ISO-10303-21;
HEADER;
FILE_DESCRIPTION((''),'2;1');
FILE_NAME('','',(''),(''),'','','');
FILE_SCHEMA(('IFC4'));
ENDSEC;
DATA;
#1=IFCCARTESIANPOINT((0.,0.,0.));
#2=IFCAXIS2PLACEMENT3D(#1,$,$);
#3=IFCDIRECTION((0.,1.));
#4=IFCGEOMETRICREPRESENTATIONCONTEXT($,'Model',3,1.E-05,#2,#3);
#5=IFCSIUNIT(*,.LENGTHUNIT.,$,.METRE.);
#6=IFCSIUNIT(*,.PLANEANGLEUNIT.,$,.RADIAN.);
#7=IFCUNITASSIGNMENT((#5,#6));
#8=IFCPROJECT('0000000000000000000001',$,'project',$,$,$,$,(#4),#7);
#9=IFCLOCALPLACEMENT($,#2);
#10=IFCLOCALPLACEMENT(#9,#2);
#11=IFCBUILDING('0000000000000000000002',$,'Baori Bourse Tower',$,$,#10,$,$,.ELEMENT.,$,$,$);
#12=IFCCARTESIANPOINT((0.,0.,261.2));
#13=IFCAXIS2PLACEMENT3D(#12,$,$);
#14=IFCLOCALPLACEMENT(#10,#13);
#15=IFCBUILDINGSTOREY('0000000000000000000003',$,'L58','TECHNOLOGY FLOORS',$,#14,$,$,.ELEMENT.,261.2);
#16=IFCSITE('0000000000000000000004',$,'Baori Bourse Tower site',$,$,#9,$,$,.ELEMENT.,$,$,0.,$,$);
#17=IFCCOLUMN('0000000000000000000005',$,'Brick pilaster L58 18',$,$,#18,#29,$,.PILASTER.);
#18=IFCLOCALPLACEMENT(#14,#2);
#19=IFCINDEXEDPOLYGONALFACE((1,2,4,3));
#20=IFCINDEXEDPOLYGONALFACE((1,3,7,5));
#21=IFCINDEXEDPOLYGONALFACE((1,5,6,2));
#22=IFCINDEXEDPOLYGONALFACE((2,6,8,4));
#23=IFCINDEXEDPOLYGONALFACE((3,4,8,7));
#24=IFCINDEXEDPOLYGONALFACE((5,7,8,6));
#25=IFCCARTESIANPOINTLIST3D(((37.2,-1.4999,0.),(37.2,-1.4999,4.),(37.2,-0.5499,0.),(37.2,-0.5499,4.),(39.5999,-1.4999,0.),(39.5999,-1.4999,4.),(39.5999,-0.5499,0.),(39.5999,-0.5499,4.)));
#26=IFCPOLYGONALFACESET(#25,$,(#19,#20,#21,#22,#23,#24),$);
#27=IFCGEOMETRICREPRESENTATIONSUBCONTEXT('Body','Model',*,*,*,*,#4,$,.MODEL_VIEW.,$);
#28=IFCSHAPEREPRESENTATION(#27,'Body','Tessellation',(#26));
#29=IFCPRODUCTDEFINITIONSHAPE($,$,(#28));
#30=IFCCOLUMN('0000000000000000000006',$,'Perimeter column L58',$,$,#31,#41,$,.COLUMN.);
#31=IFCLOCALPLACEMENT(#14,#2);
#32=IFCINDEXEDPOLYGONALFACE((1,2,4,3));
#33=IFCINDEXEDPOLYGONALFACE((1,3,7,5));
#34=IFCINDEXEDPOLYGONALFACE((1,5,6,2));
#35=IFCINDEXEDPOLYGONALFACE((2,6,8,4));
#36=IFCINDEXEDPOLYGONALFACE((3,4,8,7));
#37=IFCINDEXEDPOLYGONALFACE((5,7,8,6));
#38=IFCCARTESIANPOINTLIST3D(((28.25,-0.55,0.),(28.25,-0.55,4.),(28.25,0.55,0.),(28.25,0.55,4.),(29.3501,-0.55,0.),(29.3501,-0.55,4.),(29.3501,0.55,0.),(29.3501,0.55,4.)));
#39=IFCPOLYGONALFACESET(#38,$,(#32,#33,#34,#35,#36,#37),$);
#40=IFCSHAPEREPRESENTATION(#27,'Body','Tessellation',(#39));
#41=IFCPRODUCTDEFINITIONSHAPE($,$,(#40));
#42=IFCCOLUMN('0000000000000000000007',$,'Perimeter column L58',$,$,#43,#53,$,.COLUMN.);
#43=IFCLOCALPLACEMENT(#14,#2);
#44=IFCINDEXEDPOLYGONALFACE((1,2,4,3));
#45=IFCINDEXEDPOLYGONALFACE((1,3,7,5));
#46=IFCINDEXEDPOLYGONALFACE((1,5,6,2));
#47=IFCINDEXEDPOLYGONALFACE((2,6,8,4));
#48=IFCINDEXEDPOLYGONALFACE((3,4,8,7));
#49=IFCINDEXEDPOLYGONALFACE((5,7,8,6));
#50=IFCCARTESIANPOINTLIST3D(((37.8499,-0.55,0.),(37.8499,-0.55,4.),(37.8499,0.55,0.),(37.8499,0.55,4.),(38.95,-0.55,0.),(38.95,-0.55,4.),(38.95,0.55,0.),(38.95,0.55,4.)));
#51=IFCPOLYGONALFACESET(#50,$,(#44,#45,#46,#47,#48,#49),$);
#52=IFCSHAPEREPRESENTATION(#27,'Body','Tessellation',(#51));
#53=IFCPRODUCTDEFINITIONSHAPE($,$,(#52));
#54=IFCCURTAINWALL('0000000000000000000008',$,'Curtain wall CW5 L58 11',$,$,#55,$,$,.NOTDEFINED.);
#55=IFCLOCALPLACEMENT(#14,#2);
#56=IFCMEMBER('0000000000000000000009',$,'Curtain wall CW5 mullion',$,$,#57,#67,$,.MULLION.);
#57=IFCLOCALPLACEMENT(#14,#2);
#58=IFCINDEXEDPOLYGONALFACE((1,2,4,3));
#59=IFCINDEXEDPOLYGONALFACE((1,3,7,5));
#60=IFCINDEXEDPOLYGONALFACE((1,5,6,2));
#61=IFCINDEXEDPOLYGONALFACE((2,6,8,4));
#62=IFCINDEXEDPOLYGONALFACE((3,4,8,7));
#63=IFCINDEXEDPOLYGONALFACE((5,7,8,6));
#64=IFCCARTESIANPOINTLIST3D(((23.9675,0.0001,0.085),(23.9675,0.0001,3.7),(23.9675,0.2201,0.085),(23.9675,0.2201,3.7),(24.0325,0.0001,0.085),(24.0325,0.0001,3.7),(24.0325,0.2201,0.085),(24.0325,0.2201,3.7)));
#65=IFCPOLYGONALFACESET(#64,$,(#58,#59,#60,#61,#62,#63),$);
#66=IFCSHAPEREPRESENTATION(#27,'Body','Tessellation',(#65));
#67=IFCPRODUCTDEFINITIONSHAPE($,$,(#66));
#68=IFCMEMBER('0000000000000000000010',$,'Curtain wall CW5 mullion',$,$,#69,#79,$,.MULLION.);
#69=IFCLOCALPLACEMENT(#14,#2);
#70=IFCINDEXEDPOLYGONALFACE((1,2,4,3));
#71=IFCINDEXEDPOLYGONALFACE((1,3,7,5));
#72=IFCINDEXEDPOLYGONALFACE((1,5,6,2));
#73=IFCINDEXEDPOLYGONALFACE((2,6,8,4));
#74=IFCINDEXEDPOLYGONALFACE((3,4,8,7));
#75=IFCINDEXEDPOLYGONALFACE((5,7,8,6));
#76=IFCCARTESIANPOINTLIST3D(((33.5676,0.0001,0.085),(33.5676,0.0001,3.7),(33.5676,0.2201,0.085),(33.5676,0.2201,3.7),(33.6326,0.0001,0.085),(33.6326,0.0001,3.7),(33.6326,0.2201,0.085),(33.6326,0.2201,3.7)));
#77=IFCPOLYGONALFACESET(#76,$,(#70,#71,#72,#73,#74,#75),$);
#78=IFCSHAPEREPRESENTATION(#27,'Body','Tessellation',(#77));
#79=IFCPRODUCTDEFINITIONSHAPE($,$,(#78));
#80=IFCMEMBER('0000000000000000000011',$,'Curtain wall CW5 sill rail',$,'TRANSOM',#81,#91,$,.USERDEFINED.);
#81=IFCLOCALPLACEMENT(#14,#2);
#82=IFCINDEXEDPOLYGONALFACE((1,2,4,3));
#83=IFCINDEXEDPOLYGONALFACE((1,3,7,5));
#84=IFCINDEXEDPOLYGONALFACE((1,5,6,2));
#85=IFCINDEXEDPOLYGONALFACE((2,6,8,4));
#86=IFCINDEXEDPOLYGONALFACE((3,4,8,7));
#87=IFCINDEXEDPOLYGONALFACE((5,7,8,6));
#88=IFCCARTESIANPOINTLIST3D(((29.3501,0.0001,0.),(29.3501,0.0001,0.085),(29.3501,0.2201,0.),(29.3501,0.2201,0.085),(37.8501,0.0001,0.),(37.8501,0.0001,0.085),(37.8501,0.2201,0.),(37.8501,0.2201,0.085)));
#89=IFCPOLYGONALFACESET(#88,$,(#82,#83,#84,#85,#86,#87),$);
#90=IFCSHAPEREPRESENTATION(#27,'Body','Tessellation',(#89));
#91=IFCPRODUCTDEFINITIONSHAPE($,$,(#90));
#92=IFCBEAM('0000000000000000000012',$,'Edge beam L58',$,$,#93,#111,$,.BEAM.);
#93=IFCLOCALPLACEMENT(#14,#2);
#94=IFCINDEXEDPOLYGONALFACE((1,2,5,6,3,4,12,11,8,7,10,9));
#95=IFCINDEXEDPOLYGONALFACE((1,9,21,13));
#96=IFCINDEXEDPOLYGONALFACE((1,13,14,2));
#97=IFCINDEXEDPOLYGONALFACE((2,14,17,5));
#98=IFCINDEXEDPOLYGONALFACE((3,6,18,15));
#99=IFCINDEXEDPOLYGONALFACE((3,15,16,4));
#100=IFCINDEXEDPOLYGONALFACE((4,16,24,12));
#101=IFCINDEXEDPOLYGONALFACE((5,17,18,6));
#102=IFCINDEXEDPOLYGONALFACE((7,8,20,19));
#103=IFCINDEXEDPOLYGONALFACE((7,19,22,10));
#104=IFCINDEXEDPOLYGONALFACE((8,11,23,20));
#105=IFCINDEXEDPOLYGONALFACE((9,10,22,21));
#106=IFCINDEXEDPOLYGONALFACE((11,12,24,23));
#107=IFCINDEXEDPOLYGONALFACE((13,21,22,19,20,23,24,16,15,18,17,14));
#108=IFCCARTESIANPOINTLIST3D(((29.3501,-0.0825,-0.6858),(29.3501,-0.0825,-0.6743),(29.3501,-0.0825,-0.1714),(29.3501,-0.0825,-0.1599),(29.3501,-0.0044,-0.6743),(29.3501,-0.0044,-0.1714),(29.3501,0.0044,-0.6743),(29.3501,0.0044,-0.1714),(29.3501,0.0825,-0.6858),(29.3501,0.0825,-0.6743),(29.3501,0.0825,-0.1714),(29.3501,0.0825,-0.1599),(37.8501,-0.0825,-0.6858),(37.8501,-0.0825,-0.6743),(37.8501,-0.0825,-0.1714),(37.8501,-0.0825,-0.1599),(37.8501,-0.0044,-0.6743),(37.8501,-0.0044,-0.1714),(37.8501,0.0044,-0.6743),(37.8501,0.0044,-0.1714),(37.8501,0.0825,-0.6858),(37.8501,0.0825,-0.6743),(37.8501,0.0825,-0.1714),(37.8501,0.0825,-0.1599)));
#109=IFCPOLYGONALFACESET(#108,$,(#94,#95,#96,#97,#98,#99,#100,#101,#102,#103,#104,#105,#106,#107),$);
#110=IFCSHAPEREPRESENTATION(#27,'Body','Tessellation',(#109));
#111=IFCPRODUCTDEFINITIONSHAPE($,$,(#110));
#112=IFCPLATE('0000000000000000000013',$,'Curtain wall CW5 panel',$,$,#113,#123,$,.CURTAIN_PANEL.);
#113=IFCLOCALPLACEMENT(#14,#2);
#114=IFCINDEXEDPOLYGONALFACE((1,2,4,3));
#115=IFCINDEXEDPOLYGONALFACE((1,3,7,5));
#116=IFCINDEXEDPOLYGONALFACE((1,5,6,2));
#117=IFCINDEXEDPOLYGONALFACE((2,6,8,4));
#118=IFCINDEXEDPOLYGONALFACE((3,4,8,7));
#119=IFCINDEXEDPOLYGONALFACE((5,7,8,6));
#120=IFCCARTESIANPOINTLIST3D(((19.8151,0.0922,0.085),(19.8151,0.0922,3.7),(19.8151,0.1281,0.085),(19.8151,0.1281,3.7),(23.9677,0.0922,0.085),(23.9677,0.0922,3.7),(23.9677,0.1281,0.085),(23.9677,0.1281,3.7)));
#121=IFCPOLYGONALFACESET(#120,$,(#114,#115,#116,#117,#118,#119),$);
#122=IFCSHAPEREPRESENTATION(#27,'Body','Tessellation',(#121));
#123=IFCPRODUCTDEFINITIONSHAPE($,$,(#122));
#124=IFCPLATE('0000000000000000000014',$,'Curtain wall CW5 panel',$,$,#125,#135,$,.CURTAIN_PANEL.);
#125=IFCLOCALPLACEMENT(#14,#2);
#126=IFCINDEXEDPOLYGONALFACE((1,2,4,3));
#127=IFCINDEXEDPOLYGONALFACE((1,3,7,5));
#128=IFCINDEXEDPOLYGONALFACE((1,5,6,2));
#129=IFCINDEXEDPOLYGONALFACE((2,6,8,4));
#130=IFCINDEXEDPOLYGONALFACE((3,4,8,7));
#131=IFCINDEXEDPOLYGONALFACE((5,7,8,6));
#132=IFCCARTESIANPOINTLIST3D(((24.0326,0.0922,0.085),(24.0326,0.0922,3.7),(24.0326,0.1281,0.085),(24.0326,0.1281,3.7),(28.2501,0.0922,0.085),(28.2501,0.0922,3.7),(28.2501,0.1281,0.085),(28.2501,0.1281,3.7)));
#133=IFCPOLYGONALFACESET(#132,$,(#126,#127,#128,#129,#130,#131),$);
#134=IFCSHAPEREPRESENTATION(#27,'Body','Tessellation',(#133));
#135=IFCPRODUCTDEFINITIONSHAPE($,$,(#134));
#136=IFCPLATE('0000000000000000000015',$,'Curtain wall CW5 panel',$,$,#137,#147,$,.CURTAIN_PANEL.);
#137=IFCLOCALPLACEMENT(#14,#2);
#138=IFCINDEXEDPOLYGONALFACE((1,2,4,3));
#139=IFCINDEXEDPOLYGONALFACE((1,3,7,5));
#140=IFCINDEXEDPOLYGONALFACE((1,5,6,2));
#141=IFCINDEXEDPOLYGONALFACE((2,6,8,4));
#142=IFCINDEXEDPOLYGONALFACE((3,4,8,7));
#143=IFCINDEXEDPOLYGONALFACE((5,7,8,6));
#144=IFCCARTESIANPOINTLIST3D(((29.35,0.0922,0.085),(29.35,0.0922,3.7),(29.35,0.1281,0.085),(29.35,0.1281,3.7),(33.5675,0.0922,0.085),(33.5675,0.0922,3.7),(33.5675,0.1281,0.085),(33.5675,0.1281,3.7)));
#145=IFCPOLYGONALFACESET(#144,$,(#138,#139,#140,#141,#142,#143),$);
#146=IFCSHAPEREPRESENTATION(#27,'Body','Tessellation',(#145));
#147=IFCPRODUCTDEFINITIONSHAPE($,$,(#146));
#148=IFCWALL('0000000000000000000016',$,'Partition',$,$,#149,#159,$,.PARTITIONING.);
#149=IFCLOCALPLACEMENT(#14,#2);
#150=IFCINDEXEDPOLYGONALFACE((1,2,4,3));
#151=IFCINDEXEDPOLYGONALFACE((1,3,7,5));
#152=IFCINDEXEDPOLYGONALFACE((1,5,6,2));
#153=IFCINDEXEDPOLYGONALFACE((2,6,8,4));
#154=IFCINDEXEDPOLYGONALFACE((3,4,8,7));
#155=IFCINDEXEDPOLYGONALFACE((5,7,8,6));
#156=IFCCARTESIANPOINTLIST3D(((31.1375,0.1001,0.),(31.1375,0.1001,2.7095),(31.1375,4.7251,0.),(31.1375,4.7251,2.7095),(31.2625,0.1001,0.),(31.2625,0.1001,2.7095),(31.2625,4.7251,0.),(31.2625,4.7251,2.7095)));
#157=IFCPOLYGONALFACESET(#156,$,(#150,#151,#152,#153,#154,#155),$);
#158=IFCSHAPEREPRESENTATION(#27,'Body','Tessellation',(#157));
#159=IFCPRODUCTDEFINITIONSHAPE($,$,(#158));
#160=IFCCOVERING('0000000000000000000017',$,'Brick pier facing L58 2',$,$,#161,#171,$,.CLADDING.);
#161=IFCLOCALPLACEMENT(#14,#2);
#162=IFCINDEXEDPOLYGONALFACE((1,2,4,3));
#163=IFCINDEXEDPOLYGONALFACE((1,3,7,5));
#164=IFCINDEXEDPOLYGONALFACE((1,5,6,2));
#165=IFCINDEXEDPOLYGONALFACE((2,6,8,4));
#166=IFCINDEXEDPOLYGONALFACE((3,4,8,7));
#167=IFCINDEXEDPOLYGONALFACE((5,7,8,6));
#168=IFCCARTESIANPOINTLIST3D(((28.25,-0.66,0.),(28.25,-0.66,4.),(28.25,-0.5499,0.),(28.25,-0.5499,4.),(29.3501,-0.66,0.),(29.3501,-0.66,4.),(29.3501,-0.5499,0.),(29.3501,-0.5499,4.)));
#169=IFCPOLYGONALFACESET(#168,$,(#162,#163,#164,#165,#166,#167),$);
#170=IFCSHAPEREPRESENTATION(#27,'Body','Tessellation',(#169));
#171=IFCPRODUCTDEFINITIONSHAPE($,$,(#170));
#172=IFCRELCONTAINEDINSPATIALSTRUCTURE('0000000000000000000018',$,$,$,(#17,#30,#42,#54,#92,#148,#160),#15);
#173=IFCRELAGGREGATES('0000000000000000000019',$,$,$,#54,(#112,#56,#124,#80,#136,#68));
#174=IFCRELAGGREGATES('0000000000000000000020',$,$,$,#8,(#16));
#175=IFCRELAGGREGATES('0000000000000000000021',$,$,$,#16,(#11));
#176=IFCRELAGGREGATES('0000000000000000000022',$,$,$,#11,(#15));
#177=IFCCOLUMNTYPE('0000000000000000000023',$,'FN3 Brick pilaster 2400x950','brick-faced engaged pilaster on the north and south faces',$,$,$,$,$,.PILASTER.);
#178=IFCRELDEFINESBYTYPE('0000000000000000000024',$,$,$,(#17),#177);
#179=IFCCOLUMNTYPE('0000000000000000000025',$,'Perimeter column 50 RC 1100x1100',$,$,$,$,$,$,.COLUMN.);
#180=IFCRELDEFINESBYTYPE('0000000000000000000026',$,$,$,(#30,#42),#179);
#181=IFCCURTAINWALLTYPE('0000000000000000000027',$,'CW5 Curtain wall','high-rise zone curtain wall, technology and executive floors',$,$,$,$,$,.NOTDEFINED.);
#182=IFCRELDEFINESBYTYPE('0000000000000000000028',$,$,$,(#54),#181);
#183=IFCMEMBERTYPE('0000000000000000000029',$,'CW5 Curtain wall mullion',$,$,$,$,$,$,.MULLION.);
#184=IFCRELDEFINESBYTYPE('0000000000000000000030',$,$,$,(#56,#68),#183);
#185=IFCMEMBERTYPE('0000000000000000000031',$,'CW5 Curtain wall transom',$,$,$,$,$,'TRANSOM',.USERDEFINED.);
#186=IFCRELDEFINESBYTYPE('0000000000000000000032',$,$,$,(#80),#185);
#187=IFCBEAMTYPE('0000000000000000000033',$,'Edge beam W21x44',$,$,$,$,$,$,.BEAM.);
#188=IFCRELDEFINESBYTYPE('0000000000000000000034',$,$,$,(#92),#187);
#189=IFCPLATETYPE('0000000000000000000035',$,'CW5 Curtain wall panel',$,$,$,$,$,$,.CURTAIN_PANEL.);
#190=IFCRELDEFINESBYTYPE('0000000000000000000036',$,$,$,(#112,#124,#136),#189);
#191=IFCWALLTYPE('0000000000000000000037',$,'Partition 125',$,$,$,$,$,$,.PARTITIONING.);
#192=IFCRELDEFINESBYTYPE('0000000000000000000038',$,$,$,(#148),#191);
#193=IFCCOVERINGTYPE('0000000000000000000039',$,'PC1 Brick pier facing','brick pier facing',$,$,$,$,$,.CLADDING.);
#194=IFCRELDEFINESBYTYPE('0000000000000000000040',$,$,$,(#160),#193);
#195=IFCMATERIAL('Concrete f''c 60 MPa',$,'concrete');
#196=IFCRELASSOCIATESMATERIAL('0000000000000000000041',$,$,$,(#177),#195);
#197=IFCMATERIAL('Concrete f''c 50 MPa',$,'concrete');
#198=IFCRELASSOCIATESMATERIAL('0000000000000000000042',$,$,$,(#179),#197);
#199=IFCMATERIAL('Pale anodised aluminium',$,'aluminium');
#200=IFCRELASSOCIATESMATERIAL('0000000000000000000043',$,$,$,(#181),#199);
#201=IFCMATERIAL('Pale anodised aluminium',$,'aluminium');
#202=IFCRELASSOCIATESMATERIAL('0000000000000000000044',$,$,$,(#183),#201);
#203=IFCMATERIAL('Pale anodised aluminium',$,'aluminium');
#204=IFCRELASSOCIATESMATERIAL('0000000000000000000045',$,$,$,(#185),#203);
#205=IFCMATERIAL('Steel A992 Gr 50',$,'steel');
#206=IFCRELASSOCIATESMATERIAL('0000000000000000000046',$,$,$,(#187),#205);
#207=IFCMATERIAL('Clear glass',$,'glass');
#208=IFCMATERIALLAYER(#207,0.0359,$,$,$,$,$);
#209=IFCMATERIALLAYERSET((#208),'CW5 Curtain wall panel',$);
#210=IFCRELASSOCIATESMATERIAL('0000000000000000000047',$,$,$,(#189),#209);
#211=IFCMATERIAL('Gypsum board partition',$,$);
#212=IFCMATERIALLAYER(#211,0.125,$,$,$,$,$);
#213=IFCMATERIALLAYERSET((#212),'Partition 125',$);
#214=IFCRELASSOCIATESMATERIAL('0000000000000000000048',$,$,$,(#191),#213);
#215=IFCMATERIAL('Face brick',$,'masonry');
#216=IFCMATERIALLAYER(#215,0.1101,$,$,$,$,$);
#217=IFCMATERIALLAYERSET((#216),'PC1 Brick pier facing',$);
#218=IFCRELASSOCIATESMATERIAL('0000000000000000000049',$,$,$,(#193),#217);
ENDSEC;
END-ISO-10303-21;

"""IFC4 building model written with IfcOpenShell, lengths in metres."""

from ifc_helpers import new_model, si_unit, direction, frame, frame_2d, origin, origin_2d, place, context, subcontext, project, spatial, rectangle, i_section, extrude, material, layer, layer_set, material_profile, profile_set, type_object, element, aggregate, save


model = new_model("IFC4")

# Units and contexts
model_context = context("Model", 3, precision=1e-05, world=origin(), true_north=direction((0.0, 1.0)))
body_context = subcontext(model_context, "Body", "Model", "MODEL_VIEW")
ifc_project = project(units=[si_unit("LENGTHUNIT", "METRE"), si_unit("PLANEANGLEUNIT", "RADIAN")], contexts=[model_context])

# Site, building, storey
site_placement = place(None, origin())
site = spatial("IfcSite", under=ifc_project, at=site_placement, Name="Baori Bourse Tower site", CompositionType="ELEMENT", RefElevation=0.0)
building_placement = place(site_placement, origin())
building = spatial("IfcBuilding", under=site, at=building_placement, Name="Baori Bourse Tower", CompositionType="ELEMENT")
storey_placement = place(building_placement, frame((0.0, 0.0, 261.2)))
storey = spatial("IfcBuildingStorey", under=building, at=storey_placement, Name="L58", Description="TECHNOLOGY FLOORS", CompositionType="ELEMENT", Elevation=261.2)

# Columns
ifc_material_1 = material(Name="Concrete f'c 60 MPa", Category="concrete")
ifc_material_profile_1 = material_profile(ifc_material_1, rectangle(XDim=2.3999, YDim=0.95, at=origin_2d()), Name="RC 2400x950")
ifc_profile_set_1 = profile_set([ifc_material_profile_1], Name="Concrete f'c 60 MPa")
column_type_1 = type_object("IfcColumnType", Name="FN3 Brick pilaster 2400x950", Description="brick-faced engaged pilaster on the north and south faces", PredefinedType="PILASTER", material=ifc_profile_set_1)
column_placement = place(storey_placement, frame((38.3999, -1.0249, 0.0), z_axis=(0.0, 0.0, 1.0), x_axis=(1.0, 0.0, 0.0)))
element("IfcColumn", 1, at=column_placement, inside=storey, type_object=column_type_1, Name="Brick pilaster L58 18", PredefinedType="PILASTER", context=body_context, shape_type="SweptSolid", body=[
    extrude(rectangle(XDim=2.3999, YDim=0.95, at=origin_2d()), origin(), (0.0, 0.0, 1.0), 4.0),
])
ifc_material_2 = material(Name="Concrete f'c 50 MPa", Category="concrete")
ifc_material_profile_2 = material_profile(ifc_material_2, rectangle(XDim=1.1001, YDim=1.1001, at=origin_2d()), Name="RC 1100x1100")
ifc_profile_set_2 = profile_set([ifc_material_profile_2], Name="Concrete f'c 50 MPa")
column_type_2 = type_object("IfcColumnType", Name="Perimeter column 50 RC 1100x1100", PredefinedType="COLUMN", material=ifc_profile_set_2)
for number, where, z_axis, x_axis, name in (
    (2, (28.8, 0.0, 0.0), (0.0, 0.0, 1.0), (1.0, 0.0, 0.0), "Perimeter column L58"),
    (3, (38.3999, 0.0, 0.0), (0.0, 0.0, 1.0), (1.0, 0.0, 0.0), "Perimeter column L58"),
):
    element("IfcColumn", number, at=place(storey_placement, frame(where, z_axis=z_axis, x_axis=x_axis)), inside=storey, type_object=column_type_2, Name=name, PredefinedType="COLUMN", context=body_context, shape_type="SweptSolid", body=[
        extrude(rectangle(XDim=1.1001, YDim=1.1001, at=origin_2d()), origin(), (0.0, 0.0, 1.0), 4.0),
    ])

# Curtain wall, members
ifc_material_3 = material(Name="Pale anodised aluminium", Category="aluminium")
curtain_wall_type = type_object("IfcCurtainWallType", Name="CW5 Curtain wall", Description="high-rise zone curtain wall, technology and executive floors", PredefinedType="NOTDEFINED", material=ifc_material_3)
curtain_wall_placement = place(storey_placement, origin())
curtain_wall = element("IfcCurtainWall", 4, at=curtain_wall_placement, inside=storey, type_object=curtain_wall_type, Name="Curtain wall CW5 L58 11", PredefinedType="NOTDEFINED")
ifc_material_4 = material(Name="Pale anodised aluminium", Category="aluminium")
ifc_material_profile_3 = material_profile(ifc_material_4, rectangle(XDim=0.22, YDim=0.0649, at=origin_2d()), Name="Mullion 65x220")
ifc_profile_set_3 = profile_set([ifc_material_profile_3], Name="Pale anodised aluminium")
member_type_1 = type_object("IfcMemberType", Name="CW5 Curtain wall mullion", PredefinedType="MULLION", material=ifc_profile_set_3)
member_1_placement = place(storey_placement, frame((24.0, 0.1101, 0.085), z_axis=(0.0, 0.0, 1.0), x_axis=(0.0, 1.0, 0.0)))
member_1 = element("IfcMember", 5, at=member_1_placement, type_object=member_type_1, Name="Curtain wall CW5 mullion", PredefinedType="MULLION", context=body_context, shape_type="SweptSolid", body=[
    extrude(rectangle(XDim=0.22, YDim=0.0649, at=origin_2d()), origin(), (0.0, 0.0, 1.0), 3.615),
])
member_2_placement = place(storey_placement, frame((33.6001, 0.1101, 0.085), z_axis=(0.0, 0.0, 1.0), x_axis=(0.0, 1.0, 0.0)))
member_2 = element("IfcMember", 6, at=member_2_placement, type_object=member_type_1, Name="Curtain wall CW5 mullion", PredefinedType="MULLION", context=body_context, shape_type="SweptSolid", body=[
    extrude(rectangle(XDim=0.22, YDim=0.0649, at=origin_2d()), origin(), (0.0, 0.0, 1.0), 3.615),
])
ifc_material_5 = material(Name="Pale anodised aluminium", Category="aluminium")
ifc_material_profile_4 = material_profile(ifc_material_5, rectangle(XDim=0.22, YDim=0.085, at=origin_2d()), Name="Transom 85x220")
ifc_profile_set_4 = profile_set([ifc_material_profile_4], Name="Pale anodised aluminium")
member_type_2 = type_object("IfcMemberType", Name="CW5 Curtain wall transom", ElementType="TRANSOM", PredefinedType="USERDEFINED", material=ifc_profile_set_4)
member_3_placement = place(storey_placement, frame((29.3501, 0.1101, 0.0425), z_axis=(1.0, 0.0, 0.0), x_axis=(0.0, 1.0, 0.0)))
member_3 = element("IfcMember", 7, at=member_3_placement, type_object=member_type_2, Name="Curtain wall CW5 sill rail", ObjectType="TRANSOM", PredefinedType="USERDEFINED", context=body_context, shape_type="SweptSolid", body=[
    extrude(rectangle(XDim=0.22, YDim=0.085, at=origin_2d()), origin(), (0.0, 0.0, 1.0), 8.5),
])

# Beam
ifc_material_6 = material(Name="Steel A992 Gr 50", Category="steel")
ifc_material_profile_5 = material_profile(ifc_material_6, i_section(OverallWidth=0.165, OverallDepth=0.5259, WebThickness=0.0088, FlangeThickness=0.0115, at=origin_2d()), Name="W21x44")
ifc_profile_set_5 = profile_set([ifc_material_profile_5], Name="Steel A992 Gr 50")
beam_type = type_object("IfcBeamType", Name="Edge beam W21x44", PredefinedType="BEAM", material=ifc_profile_set_5)
beam_placement = place(storey_placement, frame((29.3501, 0.0, -0.4229), z_axis=(1.0, 0.0, 0.0), x_axis=(0.0, 1.0, 0.0)))
element("IfcBeam", 8, at=beam_placement, inside=storey, type_object=beam_type, Name="Edge beam L58", PredefinedType="BEAM", context=body_context, shape_type="SweptSolid", body=[
    extrude(i_section(OverallWidth=0.165, OverallDepth=0.5259, WebThickness=0.0088, FlangeThickness=0.0115, at=origin_2d()), origin(), (0.0, 0.0, 1.0), 8.5),
])

# Plates
ifc_material_7 = material(Name="Clear glass", Category="glass")
ifc_layer_1 = layer(ifc_material_7, 0.0359)
ifc_layer_set_1 = layer_set([ifc_layer_1], Name="CW5 Curtain wall panel")
plate_type = type_object("IfcPlateType", Name="CW5 Curtain wall panel", PredefinedType="CURTAIN_PANEL", material=ifc_layer_set_1)
plate_1_placement = place(storey_placement, frame((21.8914, 0.1101, 0.085), z_axis=(0.0, 0.0, 1.0), x_axis=(1.0, 0.0, 0.0)))
plate_1 = element("IfcPlate", 9, at=plate_1_placement, type_object=plate_type, Name="Curtain wall CW5 panel", PredefinedType="CURTAIN_PANEL", context=body_context, shape_type="SweptSolid", body=[
    extrude(rectangle(XDim=4.1526, YDim=0.0359, at=origin_2d()), origin(), (0.0, 0.0, 1.0), 3.615),
])
plate_2_placement = place(storey_placement, frame((26.1414, 0.1101, 0.085), z_axis=(0.0, 0.0, 1.0), x_axis=(1.0, 0.0, 0.0)))
plate_2 = element("IfcPlate", 10, at=plate_2_placement, type_object=plate_type, Name="Curtain wall CW5 panel", PredefinedType="CURTAIN_PANEL", context=body_context, shape_type="SweptSolid", body=[
    extrude(rectangle(XDim=4.2175, YDim=0.0359, at=origin_2d()), origin(), (0.0, 0.0, 1.0), 3.615),
])
plate_3_placement = place(storey_placement, frame((31.4587, 0.1101, 0.085), z_axis=(0.0, 0.0, 1.0), x_axis=(1.0, 0.0, 0.0)))
plate_3 = element("IfcPlate", 11, at=plate_3_placement, type_object=plate_type, Name="Curtain wall CW5 panel", PredefinedType="CURTAIN_PANEL", context=body_context, shape_type="SweptSolid", body=[
    extrude(rectangle(XDim=4.2175, YDim=0.0359, at=origin_2d()), origin(), (0.0, 0.0, 1.0), 3.615),
])
aggregate(curtain_wall, [plate_1, member_1, plate_2, member_3, plate_3, member_2])

# Wall
ifc_material_8 = material(Name="Gypsum board partition")
ifc_layer_2 = layer(ifc_material_8, 0.125)
ifc_layer_set_2 = layer_set([ifc_layer_2], Name="Partition 125")
wall_type = type_object("IfcWallType", Name="Partition 125", PredefinedType="PARTITIONING", material=ifc_layer_set_2)
wall_placement = place(storey_placement, frame((31.2, 0.1001, 0.0), z_axis=(0.0, 0.0, 1.0), x_axis=(0.0, 1.0, 0.0)))
element("IfcWall", 12, at=wall_placement, inside=storey, type_object=wall_type, Name="Partition", PredefinedType="PARTITIONING", context=body_context, shape_type="SweptSolid", body=[
    extrude(rectangle(XDim=4.625, YDim=0.125, at=frame_2d((2.3125, 0.0))), origin(), (0.0, 0.0, 1.0), 2.7095),
])

# Covering
ifc_material_9 = material(Name="Face brick", Category="masonry")
ifc_layer_3 = layer(ifc_material_9, 0.1101)
ifc_layer_set_3 = layer_set([ifc_layer_3], Name="PC1 Brick pier facing")
covering_type = type_object("IfcCoveringType", Name="PC1 Brick pier facing", Description="brick pier facing", PredefinedType="CLADDING", material=ifc_layer_set_3)
covering_placement = place(storey_placement, frame((28.8, -0.605, 0.0), z_axis=(0.0, 0.0, 1.0), x_axis=(1.0, 0.0, 0.0)))
element("IfcCovering", 13, at=covering_placement, inside=storey, type_object=covering_type, Name="Brick pier facing L58 2", PredefinedType="CLADDING", context=body_context, shape_type="SweptSolid", body=[
    extrude(rectangle(XDim=1.1001, YDim=0.1101, at=origin_2d()), origin(), (0.0, 0.0, 1.0), 4.0),
])

save(model, "model.ifc")
